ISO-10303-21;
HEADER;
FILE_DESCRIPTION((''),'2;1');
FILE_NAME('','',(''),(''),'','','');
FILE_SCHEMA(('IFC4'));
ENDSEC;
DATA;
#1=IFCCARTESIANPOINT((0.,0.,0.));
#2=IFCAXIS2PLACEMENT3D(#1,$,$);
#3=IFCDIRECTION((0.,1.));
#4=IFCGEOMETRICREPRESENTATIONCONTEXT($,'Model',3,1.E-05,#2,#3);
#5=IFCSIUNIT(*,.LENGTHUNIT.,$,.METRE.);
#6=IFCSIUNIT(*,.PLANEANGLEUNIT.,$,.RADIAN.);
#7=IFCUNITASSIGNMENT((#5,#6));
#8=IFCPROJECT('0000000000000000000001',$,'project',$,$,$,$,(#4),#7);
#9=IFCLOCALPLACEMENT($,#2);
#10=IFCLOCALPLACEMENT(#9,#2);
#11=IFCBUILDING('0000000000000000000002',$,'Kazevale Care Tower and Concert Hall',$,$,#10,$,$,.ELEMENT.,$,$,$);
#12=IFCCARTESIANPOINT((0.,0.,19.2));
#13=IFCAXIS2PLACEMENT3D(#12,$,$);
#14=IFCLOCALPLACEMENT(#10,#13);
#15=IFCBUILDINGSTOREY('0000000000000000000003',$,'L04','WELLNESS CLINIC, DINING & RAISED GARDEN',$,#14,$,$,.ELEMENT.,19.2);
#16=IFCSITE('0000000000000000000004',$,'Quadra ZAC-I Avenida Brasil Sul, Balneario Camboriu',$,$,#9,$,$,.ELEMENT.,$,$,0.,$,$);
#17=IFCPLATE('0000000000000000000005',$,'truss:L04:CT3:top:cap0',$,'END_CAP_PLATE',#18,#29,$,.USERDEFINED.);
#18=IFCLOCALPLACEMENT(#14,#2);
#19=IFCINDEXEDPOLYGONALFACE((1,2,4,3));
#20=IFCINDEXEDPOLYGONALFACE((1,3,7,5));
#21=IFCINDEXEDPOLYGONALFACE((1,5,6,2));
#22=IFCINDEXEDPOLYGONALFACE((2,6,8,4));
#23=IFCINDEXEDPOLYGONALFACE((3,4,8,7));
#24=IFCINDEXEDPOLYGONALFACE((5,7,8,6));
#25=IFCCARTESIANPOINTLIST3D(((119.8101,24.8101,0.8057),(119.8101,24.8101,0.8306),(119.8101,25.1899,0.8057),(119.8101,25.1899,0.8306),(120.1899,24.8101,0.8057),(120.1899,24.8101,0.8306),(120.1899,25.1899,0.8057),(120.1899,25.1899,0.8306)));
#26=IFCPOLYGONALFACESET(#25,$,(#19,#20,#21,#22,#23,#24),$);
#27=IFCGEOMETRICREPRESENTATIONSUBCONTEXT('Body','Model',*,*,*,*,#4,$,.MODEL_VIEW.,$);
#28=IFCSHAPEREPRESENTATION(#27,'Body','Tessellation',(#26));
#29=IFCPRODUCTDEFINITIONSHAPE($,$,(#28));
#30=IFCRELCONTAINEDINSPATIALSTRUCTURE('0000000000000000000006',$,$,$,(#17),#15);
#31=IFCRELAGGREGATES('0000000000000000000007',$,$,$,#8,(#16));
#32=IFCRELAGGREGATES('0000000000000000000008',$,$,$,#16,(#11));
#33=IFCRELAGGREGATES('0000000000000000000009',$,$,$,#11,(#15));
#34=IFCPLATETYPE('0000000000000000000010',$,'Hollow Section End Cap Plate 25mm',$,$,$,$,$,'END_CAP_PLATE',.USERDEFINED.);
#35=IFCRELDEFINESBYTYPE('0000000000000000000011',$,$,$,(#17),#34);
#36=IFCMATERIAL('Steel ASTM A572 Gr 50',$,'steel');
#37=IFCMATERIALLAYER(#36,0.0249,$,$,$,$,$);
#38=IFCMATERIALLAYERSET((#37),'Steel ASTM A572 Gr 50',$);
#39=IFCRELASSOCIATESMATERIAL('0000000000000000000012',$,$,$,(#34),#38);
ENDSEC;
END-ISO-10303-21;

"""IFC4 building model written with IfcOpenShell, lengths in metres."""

from ifc_helpers import new_model, si_unit, direction, frame, origin, origin_2d, place, context, subcontext, project, spatial, rectangle, extrude, material, layer, layer_set, type_object, element, save


model = new_model("IFC4")

# Units and contexts
model_context = context("Model", 3, precision=1e-05, world=origin(), true_north=direction((0.0, 1.0)))
body_context = subcontext(model_context, "Body", "Model", "MODEL_VIEW")
ifc_project = project(units=[si_unit("LENGTHUNIT", "METRE"), si_unit("PLANEANGLEUNIT", "RADIAN")], contexts=[model_context])

# Site, building, storey
site_placement = place(None, origin())
site = spatial("IfcSite", under=ifc_project, at=site_placement, Name="Quadra ZAC-I Avenida Brasil Sul, Balneario Camboriu", CompositionType="ELEMENT", RefElevation=0.0)
building_placement = place(site_placement, origin())
building = spatial("IfcBuilding", under=site, at=building_placement, Name="Kazevale Care Tower and Concert Hall", CompositionType="ELEMENT")
storey_placement = place(building_placement, frame((0.0, 0.0, 19.2)))
storey = spatial("IfcBuildingStorey", under=building, at=storey_placement, Name="L04", Description="WELLNESS CLINIC, DINING & RAISED GARDEN", CompositionType="ELEMENT", Elevation=19.2)

# Shared definitions
ifc_material_1 = material(Name="Steel ASTM A572 Gr 50", Category="steel")

# Plate
ifc_layer = layer(ifc_material_1, 0.0249)
ifc_layer_set = layer_set([ifc_layer], Name="Steel ASTM A572 Gr 50")
plate_type = type_object("IfcPlateType", Name="Hollow Section End Cap Plate 25mm", ElementType="END_CAP_PLATE", PredefinedType="USERDEFINED", material=ifc_layer_set)
plate_1_placement = place(storey_placement, frame((120.0, 25.0, 0.8057), z_axis=(0.0, 0.0, 1.0), x_axis=(1.0, 0.0, 0.0)))
element("IfcPlate", 1, at=plate_1_placement, inside=storey, type_object=plate_type, Name="truss:L04:CT3:top:cap0", ObjectType="END_CAP_PLATE", PredefinedType="USERDEFINED", context=body_context, shape_type="SweptSolid", body=[
    extrude(rectangle(XDim=0.3799, YDim=0.3799, at=origin_2d()), origin(), (0.0, 0.0, 1.0), 0.0249),
])

save(model, "model.ifc")
